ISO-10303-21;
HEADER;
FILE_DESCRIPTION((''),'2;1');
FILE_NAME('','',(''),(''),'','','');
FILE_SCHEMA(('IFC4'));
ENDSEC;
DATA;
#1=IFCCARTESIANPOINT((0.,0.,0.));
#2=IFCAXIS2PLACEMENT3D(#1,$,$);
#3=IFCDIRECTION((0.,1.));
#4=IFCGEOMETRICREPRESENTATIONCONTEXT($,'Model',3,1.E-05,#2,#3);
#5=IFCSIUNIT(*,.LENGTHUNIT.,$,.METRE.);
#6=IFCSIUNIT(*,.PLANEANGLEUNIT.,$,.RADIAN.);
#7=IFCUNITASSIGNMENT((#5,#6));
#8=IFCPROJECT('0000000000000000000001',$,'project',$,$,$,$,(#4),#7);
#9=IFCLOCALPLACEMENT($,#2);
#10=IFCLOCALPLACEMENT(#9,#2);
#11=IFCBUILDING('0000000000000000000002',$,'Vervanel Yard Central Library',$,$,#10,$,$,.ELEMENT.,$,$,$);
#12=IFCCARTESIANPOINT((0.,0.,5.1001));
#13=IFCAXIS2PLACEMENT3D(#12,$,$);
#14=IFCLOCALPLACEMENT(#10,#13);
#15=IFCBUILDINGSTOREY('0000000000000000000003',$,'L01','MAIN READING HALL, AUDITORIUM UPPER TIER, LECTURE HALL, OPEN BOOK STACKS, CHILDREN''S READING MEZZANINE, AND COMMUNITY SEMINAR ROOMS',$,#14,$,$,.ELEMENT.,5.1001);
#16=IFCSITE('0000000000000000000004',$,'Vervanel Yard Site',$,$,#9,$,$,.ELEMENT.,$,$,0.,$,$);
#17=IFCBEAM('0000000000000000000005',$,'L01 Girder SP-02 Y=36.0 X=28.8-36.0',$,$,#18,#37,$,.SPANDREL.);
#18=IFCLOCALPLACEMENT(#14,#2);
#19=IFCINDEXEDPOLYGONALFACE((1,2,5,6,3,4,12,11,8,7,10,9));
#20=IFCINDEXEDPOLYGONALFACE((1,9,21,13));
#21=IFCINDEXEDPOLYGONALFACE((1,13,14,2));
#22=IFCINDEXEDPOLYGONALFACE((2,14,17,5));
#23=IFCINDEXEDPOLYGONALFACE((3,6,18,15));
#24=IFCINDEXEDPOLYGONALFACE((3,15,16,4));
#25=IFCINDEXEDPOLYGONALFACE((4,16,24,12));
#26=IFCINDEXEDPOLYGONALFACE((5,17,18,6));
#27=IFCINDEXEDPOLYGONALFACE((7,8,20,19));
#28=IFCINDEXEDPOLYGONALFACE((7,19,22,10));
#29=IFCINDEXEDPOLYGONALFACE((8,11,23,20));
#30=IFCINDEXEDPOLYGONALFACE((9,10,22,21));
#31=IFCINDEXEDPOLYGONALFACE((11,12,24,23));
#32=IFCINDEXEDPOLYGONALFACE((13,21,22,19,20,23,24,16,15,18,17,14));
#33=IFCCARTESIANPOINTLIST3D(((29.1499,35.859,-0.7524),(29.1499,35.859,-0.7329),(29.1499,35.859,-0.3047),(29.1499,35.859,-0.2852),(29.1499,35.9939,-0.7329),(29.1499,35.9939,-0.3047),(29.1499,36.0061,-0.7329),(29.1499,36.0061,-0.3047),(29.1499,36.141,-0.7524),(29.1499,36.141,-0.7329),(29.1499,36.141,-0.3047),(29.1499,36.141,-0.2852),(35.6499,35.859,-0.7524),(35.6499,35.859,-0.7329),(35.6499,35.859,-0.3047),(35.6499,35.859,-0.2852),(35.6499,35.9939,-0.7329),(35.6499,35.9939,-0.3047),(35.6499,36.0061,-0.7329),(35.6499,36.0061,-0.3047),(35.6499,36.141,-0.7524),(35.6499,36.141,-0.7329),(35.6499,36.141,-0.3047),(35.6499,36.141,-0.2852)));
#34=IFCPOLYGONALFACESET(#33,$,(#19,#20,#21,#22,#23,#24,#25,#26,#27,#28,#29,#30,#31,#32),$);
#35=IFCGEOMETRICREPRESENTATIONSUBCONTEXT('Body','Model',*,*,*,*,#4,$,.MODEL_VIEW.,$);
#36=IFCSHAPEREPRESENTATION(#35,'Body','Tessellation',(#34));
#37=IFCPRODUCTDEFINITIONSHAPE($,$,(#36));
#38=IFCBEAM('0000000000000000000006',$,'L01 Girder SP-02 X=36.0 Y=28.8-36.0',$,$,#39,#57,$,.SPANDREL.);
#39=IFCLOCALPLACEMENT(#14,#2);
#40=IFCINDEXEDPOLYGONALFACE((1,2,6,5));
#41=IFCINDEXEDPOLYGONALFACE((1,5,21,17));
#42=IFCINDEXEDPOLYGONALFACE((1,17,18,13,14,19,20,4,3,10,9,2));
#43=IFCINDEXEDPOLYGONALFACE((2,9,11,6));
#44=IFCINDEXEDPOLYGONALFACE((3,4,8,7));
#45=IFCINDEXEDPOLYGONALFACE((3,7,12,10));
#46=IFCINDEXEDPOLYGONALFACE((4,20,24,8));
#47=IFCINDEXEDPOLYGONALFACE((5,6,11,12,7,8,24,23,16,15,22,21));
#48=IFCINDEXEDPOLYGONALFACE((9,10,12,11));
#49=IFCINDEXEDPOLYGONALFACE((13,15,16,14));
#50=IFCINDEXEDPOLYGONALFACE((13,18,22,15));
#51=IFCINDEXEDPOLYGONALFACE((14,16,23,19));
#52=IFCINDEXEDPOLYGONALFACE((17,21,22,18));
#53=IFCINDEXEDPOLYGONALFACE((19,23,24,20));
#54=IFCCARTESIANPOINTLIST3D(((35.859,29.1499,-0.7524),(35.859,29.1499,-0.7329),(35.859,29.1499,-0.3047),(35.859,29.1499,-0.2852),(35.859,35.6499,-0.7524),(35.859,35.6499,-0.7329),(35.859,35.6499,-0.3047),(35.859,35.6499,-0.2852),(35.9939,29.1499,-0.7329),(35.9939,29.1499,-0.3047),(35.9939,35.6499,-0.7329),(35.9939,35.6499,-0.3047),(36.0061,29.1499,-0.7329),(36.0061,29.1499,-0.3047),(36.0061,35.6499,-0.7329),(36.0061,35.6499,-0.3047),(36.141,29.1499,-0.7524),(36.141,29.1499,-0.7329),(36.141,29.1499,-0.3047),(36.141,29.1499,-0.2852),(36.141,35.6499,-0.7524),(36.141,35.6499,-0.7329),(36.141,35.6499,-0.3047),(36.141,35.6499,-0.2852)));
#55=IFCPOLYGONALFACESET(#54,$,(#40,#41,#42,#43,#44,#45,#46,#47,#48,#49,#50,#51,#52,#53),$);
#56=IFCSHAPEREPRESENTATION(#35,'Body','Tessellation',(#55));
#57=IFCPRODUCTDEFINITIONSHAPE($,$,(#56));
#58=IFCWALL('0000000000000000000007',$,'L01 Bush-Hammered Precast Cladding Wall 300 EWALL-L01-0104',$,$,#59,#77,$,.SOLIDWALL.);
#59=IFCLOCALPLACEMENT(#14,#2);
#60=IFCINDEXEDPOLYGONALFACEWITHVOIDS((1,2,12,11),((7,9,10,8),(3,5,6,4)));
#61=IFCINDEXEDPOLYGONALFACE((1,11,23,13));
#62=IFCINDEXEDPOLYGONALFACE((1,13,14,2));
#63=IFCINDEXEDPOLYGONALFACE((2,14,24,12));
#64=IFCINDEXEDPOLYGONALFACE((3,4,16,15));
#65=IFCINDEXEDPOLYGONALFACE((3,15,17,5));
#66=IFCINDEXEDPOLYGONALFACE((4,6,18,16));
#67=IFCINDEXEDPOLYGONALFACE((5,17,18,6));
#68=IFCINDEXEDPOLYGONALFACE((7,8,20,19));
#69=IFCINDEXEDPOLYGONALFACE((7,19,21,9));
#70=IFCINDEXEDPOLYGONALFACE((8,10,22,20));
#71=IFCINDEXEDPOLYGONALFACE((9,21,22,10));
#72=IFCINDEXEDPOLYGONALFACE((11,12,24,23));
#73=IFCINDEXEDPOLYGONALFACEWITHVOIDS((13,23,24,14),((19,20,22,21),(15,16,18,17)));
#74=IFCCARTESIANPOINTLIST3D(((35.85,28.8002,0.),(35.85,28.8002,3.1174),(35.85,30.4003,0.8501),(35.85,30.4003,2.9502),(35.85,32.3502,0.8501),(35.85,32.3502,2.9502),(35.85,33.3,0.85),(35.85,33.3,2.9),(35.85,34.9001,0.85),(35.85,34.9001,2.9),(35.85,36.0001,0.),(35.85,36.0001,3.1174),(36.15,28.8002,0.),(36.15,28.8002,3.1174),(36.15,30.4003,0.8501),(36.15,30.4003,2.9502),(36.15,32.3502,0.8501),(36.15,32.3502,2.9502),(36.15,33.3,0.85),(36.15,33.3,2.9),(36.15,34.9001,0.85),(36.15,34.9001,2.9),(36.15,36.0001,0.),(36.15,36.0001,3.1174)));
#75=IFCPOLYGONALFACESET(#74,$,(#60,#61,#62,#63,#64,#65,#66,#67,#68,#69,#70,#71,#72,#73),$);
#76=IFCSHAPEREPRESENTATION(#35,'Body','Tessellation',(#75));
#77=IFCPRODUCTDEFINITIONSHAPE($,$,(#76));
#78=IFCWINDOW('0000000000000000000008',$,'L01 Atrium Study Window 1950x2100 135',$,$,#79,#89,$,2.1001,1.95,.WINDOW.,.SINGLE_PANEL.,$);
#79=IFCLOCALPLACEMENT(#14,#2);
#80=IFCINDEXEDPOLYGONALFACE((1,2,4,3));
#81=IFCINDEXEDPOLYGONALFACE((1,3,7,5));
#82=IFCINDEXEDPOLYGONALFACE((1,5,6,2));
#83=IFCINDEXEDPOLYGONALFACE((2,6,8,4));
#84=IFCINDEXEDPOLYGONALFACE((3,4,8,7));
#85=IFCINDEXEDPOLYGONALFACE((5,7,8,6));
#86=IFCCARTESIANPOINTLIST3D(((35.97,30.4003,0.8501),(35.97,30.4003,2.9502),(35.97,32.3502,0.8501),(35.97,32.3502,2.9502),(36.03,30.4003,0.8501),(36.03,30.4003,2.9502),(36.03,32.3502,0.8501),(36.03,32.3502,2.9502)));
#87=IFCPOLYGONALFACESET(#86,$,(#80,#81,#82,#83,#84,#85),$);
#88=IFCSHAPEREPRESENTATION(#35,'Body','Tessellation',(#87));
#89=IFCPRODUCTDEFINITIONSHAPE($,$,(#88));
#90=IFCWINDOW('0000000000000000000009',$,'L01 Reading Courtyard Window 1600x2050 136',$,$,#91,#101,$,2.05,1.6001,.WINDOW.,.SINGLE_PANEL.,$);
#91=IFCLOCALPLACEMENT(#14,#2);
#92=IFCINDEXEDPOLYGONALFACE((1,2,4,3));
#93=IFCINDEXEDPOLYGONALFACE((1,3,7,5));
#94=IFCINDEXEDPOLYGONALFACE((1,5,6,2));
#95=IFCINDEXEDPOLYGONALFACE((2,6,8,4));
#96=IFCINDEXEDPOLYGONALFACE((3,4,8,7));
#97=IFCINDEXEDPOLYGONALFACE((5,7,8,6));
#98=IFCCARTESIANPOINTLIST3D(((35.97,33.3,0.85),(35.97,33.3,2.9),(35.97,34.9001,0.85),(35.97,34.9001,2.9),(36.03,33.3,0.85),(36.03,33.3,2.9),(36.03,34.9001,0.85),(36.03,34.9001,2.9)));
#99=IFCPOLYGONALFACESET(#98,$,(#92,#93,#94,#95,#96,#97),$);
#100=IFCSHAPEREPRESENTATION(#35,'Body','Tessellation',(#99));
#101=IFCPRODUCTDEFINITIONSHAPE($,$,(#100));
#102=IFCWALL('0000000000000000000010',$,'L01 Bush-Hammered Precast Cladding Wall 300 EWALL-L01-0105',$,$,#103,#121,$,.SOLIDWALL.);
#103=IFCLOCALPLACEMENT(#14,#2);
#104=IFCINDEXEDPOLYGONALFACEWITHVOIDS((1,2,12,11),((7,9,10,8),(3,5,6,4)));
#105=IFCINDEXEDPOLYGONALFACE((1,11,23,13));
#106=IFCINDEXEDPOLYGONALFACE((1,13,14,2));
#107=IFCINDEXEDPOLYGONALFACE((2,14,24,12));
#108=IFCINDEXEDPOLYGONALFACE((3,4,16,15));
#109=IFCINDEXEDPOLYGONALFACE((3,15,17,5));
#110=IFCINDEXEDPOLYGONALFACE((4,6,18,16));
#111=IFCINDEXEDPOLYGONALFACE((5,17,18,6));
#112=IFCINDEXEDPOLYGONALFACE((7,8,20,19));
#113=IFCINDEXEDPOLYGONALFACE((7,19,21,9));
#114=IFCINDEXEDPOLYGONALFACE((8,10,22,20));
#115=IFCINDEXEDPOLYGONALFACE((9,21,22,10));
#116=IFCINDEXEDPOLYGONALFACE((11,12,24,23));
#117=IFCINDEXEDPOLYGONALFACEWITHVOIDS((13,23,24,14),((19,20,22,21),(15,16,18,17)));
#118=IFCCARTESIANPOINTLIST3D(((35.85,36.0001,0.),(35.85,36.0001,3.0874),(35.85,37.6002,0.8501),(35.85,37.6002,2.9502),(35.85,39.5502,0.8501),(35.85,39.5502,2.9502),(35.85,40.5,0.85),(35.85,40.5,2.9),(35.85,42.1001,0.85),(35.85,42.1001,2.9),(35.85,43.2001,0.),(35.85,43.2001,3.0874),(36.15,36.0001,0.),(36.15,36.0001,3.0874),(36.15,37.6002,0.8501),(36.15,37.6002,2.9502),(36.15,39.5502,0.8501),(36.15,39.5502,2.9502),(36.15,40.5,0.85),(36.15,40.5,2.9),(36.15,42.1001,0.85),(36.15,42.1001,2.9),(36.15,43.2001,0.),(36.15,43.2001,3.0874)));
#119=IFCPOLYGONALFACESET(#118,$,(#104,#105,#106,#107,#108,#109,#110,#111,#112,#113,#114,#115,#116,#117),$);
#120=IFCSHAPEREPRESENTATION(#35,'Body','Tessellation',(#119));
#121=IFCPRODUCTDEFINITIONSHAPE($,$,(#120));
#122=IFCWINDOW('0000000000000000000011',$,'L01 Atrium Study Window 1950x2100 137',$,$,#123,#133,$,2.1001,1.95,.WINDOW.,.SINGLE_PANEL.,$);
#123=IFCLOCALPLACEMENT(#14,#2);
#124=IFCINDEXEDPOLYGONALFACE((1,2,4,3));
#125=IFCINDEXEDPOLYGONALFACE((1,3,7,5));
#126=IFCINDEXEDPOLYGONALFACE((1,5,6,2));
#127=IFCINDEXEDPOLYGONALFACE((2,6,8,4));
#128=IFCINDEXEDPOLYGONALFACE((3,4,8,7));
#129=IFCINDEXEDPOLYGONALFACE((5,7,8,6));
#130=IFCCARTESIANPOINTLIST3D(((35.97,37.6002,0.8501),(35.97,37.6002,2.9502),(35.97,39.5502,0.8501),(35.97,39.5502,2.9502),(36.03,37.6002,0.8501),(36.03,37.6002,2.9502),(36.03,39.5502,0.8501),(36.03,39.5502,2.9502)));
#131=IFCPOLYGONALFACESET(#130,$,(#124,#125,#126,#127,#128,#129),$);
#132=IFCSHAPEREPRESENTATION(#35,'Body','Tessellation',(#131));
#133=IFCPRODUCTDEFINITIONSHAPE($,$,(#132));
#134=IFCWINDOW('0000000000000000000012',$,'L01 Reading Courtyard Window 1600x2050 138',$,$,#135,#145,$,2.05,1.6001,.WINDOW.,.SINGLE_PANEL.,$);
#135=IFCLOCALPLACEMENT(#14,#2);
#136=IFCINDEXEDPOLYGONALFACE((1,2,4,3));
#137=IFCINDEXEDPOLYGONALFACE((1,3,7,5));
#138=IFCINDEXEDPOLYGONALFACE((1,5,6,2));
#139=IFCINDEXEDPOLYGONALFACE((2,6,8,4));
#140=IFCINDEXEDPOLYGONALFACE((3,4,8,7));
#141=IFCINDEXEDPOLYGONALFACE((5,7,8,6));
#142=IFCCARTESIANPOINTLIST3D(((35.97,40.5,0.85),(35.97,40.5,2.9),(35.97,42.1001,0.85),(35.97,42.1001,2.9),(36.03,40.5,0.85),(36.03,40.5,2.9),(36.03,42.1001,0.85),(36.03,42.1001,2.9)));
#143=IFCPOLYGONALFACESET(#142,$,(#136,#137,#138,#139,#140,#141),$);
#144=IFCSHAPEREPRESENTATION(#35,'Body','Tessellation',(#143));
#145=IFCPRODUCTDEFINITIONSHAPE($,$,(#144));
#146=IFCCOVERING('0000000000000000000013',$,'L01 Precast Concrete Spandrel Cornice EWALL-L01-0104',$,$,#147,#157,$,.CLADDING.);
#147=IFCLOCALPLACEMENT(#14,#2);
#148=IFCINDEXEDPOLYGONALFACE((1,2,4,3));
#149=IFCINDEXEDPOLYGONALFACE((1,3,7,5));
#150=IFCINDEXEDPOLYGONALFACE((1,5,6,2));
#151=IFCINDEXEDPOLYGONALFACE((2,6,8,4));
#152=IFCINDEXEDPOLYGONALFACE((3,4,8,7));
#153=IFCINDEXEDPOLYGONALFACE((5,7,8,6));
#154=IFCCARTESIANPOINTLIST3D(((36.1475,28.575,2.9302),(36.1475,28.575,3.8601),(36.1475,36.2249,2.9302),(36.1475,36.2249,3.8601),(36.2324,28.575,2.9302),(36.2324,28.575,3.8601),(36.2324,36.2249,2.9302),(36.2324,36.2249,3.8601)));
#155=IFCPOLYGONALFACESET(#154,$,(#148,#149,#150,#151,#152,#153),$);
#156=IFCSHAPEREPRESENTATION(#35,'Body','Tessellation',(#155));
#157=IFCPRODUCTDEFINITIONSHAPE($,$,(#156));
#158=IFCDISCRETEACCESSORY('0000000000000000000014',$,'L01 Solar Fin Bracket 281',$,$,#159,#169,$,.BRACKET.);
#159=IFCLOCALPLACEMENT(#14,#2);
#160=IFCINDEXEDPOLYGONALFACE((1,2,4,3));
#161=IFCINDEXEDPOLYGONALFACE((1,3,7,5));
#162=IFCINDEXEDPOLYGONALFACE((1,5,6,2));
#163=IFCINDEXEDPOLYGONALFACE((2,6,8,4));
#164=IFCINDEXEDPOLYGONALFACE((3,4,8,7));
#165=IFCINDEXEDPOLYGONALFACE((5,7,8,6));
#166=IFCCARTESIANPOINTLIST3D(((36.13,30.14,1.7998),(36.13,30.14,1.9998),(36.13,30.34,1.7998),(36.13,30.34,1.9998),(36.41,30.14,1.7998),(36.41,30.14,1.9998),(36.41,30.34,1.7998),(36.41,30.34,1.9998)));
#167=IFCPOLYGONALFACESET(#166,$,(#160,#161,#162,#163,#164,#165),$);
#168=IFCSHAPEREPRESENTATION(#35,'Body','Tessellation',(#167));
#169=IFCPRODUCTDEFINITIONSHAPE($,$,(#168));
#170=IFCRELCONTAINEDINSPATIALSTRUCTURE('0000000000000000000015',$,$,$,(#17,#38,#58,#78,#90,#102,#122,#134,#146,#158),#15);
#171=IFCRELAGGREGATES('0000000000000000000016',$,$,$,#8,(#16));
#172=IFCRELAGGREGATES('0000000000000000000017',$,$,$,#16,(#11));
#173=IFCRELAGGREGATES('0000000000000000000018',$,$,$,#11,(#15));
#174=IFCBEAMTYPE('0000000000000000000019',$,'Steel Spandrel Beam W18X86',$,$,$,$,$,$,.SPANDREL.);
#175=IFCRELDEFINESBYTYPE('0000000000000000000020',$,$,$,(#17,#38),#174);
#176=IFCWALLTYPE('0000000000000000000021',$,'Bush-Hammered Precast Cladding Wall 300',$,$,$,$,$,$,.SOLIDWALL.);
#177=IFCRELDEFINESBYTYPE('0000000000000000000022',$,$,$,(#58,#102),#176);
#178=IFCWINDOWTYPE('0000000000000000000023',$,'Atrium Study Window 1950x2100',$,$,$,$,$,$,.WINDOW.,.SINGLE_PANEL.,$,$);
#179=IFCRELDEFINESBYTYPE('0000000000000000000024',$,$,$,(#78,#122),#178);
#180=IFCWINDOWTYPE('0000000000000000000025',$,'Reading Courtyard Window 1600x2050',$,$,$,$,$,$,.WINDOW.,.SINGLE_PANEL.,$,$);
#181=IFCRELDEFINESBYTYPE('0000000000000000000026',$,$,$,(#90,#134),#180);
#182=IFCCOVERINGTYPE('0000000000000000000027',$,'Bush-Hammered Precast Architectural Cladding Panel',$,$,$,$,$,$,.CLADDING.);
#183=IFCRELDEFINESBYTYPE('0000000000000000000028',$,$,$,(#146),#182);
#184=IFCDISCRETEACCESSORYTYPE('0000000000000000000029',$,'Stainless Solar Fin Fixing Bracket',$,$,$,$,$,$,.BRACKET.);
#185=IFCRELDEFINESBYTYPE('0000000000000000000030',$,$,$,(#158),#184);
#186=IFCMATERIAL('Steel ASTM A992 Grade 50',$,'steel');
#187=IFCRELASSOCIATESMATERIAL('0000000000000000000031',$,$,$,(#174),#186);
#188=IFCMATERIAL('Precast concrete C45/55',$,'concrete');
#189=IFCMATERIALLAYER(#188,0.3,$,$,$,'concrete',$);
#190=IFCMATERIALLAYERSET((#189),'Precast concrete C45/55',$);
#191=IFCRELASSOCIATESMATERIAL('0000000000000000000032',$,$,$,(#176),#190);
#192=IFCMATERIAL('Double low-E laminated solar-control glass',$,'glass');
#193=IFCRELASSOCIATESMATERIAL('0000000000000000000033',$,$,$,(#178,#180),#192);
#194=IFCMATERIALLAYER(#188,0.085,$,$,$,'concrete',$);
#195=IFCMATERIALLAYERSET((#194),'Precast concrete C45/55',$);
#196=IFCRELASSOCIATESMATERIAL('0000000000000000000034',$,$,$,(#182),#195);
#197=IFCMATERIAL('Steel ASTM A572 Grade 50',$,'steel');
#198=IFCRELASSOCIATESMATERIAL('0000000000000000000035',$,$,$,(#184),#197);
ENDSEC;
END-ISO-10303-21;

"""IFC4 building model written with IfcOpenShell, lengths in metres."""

from ifc_helpers import new_model, si_unit, direction, frame, frame_2d, origin, origin_2d, place, context, subcontext, project, spatial, rectangle, i_section, extrude, material, layer, layer_set, material_profile, profile_set, type_object, element, fill, save


model = new_model("IFC4")

# Units and contexts
model_context = context("Model", 3, precision=1e-05, world=origin(), true_north=direction((0.0, 1.0)))
body_context = subcontext(model_context, "Body", "Model", "MODEL_VIEW")
ifc_project = project(units=[si_unit("LENGTHUNIT", "METRE"), si_unit("PLANEANGLEUNIT", "RADIAN")], contexts=[model_context])

# Site, building, storey
site_placement = place(None, origin())
site = spatial("IfcSite", under=ifc_project, at=site_placement, Name="Vervanel Yard Site", CompositionType="ELEMENT", RefElevation=0.0)
building_placement = place(site_placement, origin())
building = spatial("IfcBuilding", under=site, at=building_placement, Name="Vervanel Yard Central Library", CompositionType="ELEMENT")
storey_placement = place(building_placement, frame((0.0, 0.0, 5.1001)))
storey = spatial("IfcBuildingStorey", under=building, at=storey_placement, Name="L01", Description="MAIN READING HALL, AUDITORIUM UPPER TIER, LECTURE HALL, OPEN BOOK STACKS, CHILDREN'S READING MEZZANINE, AND COMMUNITY SEMINAR ROOMS", CompositionType="ELEMENT", Elevation=5.1001)

# Beams
ifc_material_1 = material(Name="Steel ASTM A992 Grade 50", Category="steel")
ifc_material_profile_1 = material_profile(ifc_material_1, i_section(OverallWidth=0.282, OverallDepth=0.4673, WebThickness=0.0122, FlangeThickness=0.0195, at=origin_2d()), Name="W18X86", Category="steel")
ifc_profile_set_1 = profile_set([ifc_material_profile_1], Name="Steel ASTM A992 Grade 50")
beam_type_1 = type_object("IfcBeamType", Name="Steel Spandrel Beam W18X86", PredefinedType="SPANDREL", material=ifc_profile_set_1)
for number, where, z_axis, x_axis, name in (
    (1, (29.1499, 36.0, -0.5188), (1.0, 0.0, 0.0), (0.0, 1.0, 0.0), "L01 Girder SP-02 Y=36.0 X=28.8-36.0"),
    (2, (36.0, 29.1499, -0.5188), (0.0, 1.0, 0.0), (-1.0, 0.0, 0.0), "L01 Girder SP-02 X=36.0 Y=28.8-36.0"),
):
    element("IfcBeam", number, at=place(storey_placement, frame(where, z_axis=z_axis, x_axis=x_axis)), inside=storey, type_object=beam_type_1, Name=name, PredefinedType="SPANDREL", context=body_context, shape_type="SweptSolid", body=[
        extrude(i_section(OverallWidth=0.282, OverallDepth=0.4673, WebThickness=0.0122, FlangeThickness=0.0195, at=origin_2d()), origin(), (0.0, 0.0, 1.0), 6.5),
    ])

# Walls, openings, windows
ifc_material_2 = material(Name="Precast concrete C45/55", Category="concrete")
ifc_layer_1 = layer(ifc_material_2, 0.3, Category="concrete")
ifc_layer_set_1 = layer_set([ifc_layer_1], Name="Precast concrete C45/55")
wall_type = type_object("IfcWallType", Name="Bush-Hammered Precast Cladding Wall 300", PredefinedType="SOLIDWALL", material=ifc_layer_set_1)
wall_1_placement = place(storey_placement, frame((36.0, 28.8, 0.0), z_axis=(0.0, 0.0, 1.0), x_axis=(0.0, 1.0, 0.0)))
wall_1 = element("IfcWall", 3, at=wall_1_placement, inside=storey, type_object=wall_type, Name="L01 Bush-Hammered Precast Cladding Wall 300 EWALL-L01-0104", PredefinedType="SOLIDWALL", context=body_context, shape_type="SweptSolid", body=[
    extrude(rectangle(XDim=7.2, YDim=0.3, at=frame_2d((3.6001, 0.0))), origin(), (0.0, 0.0, 1.0), 3.1174),
])
opening_1_placement = place(wall_1_placement, frame((1.6001, 0.0, 0.8501)))
opening_1 = element("IfcOpeningElement", 4, at=opening_1_placement, cuts=wall_1, PredefinedType="OPENING", context=body_context, shape_type="SweptSolid", body=[
    extrude(rectangle(XDim=1.95, YDim=2.1001, at=frame_2d((0.9751, 1.05))), frame((0.0, 0.1599, 0.0), z_axis=(0.0, -1.0, 0.0), x_axis=(1.0, 0.0, 0.0)), (0.0, 0.0, 1.0), 0.3201),
])
opening_2_placement = place(wall_1_placement, frame((4.5, 0.0, 0.8501)))
opening_2 = element("IfcOpeningElement", 5, at=opening_2_placement, cuts=wall_1, PredefinedType="OPENING", context=body_context, shape_type="SweptSolid", body=[
    extrude(rectangle(XDim=1.6001, YDim=2.05, at=frame_2d((0.8, 1.0249))), frame((0.0, 0.1599, 0.0), z_axis=(0.0, -1.0, 0.0), x_axis=(1.0, 0.0, 0.0)), (0.0, 0.0, 1.0), 0.3201),
])
ifc_material_3 = material(Name="Double low-E laminated solar-control glass", Category="glass")
window_type_1 = type_object("IfcWindowType", Name="Atrium Study Window 1950x2100", PartitioningType="SINGLE_PANEL", PredefinedType="WINDOW", material=ifc_material_3)
window_1_placement = place(opening_1_placement, origin())
window_1 = element("IfcWindow", 6, at=window_1_placement, inside=storey, type_object=window_type_1, Name="L01 Atrium Study Window 1950x2100 135", OverallHeight=2.1001, OverallWidth=1.95, PartitioningType="SINGLE_PANEL", PredefinedType="WINDOW", context=body_context, shape_type="SweptSolid", body=[
    extrude(rectangle(XDim=1.95, YDim=2.1001, at=frame_2d((0.9751, 1.05))), frame((0.0, 0.03, 0.0), z_axis=(0.0, -1.0, 0.0), x_axis=(1.0, 0.0, 0.0)), (0.0, 0.0, 1.0), 0.0601),
])
fill(opening_1, window_1)
window_type_2 = type_object("IfcWindowType", Name="Reading Courtyard Window 1600x2050", PartitioningType="SINGLE_PANEL", PredefinedType="WINDOW", material=ifc_material_3)
window_2_placement = place(opening_2_placement, origin())
window_2 = element("IfcWindow", 7, at=window_2_placement, inside=storey, type_object=window_type_2, Name="L01 Reading Courtyard Window 1600x2050 136", OverallHeight=2.05, OverallWidth=1.6001, PartitioningType="SINGLE_PANEL", PredefinedType="WINDOW", context=body_context, shape_type="SweptSolid", body=[
    extrude(rectangle(XDim=1.6001, YDim=2.05, at=frame_2d((0.8, 1.0249))), frame((0.0, 0.03, 0.0), z_axis=(0.0, -1.0, 0.0), x_axis=(1.0, 0.0, 0.0)), (0.0, 0.0, 1.0), 0.0601),
])
fill(opening_2, window_2)
wall_2_placement = place(storey_placement, frame((36.0, 36.0, 0.0), z_axis=(0.0, 0.0, 1.0), x_axis=(0.0, 1.0, 0.0)))
wall_2 = element("IfcWall", 8, at=wall_2_placement, inside=storey, type_object=wall_type, Name="L01 Bush-Hammered Precast Cladding Wall 300 EWALL-L01-0105", PredefinedType="SOLIDWALL", context=body_context, shape_type="SweptSolid", body=[
    extrude(rectangle(XDim=7.2, YDim=0.3, at=frame_2d((3.6001, 0.0))), origin(), (0.0, 0.0, 1.0), 3.0874),
])
opening_3_placement = place(wall_2_placement, frame((1.6001, 0.0, 0.8501)))
opening_3 = element("IfcOpeningElement", 9, at=opening_3_placement, cuts=wall_2, PredefinedType="OPENING", context=body_context, shape_type="SweptSolid", body=[
    extrude(rectangle(XDim=1.95, YDim=2.1001, at=frame_2d((0.9751, 1.05))), frame((0.0, 0.1599, 0.0), z_axis=(0.0, -1.0, 0.0), x_axis=(1.0, 0.0, 0.0)), (0.0, 0.0, 1.0), 0.3201),
])
opening_4_placement = place(wall_2_placement, frame((4.5, 0.0, 0.8501)))
opening_4 = element("IfcOpeningElement", 10, at=opening_4_placement, cuts=wall_2, PredefinedType="OPENING", context=body_context, shape_type="SweptSolid", body=[
    extrude(rectangle(XDim=1.6001, YDim=2.05, at=frame_2d((0.8, 1.0249))), frame((0.0, 0.1599, 0.0), z_axis=(0.0, -1.0, 0.0), x_axis=(1.0, 0.0, 0.0)), (0.0, 0.0, 1.0), 0.3201),
])
window_3_placement = place(opening_3_placement, origin())
window_3 = element("IfcWindow", 11, at=window_3_placement, inside=storey, type_object=window_type_1, Name="L01 Atrium Study Window 1950x2100 137", OverallHeight=2.1001, OverallWidth=1.95, PartitioningType="SINGLE_PANEL", PredefinedType="WINDOW", context=body_context, shape_type="SweptSolid", body=[
    extrude(rectangle(XDim=1.95, YDim=2.1001, at=frame_2d((0.9751, 1.05))), frame((0.0, 0.03, 0.0), z_axis=(0.0, -1.0, 0.0), x_axis=(1.0, 0.0, 0.0)), (0.0, 0.0, 1.0), 0.0601),
])
fill(opening_3, window_3)
window_4_placement = place(opening_4_placement, origin())
window_4 = element("IfcWindow", 12, at=window_4_placement, inside=storey, type_object=window_type_2, Name="L01 Reading Courtyard Window 1600x2050 138", OverallHeight=2.05, OverallWidth=1.6001, PartitioningType="SINGLE_PANEL", PredefinedType="WINDOW", context=body_context, shape_type="SweptSolid", body=[
    extrude(rectangle(XDim=1.6001, YDim=2.05, at=frame_2d((0.8, 1.0249))), frame((0.0, 0.03, 0.0), z_axis=(0.0, -1.0, 0.0), x_axis=(1.0, 0.0, 0.0)), (0.0, 0.0, 1.0), 0.0601),
])
fill(opening_4, window_4)

# Covering
ifc_layer_2 = layer(ifc_material_2, 0.085, Category="concrete")
ifc_layer_set_2 = layer_set([ifc_layer_2], Name="Precast concrete C45/55")
covering_type = type_object("IfcCoveringType", Name="Bush-Hammered Precast Architectural Cladding Panel", PredefinedType="CLADDING", material=ifc_layer_set_2)
covering_placement = place(storey_placement, frame((36.1899, 32.3999, 2.9302), z_axis=(0.0, 0.0, 1.0), x_axis=(0.0, 1.0, 0.0)))
element("IfcCovering", 13, at=covering_placement, inside=storey, type_object=covering_type, Name="L01 Precast Concrete Spandrel Cornice EWALL-L01-0104", PredefinedType="CLADDING", context=body_context, shape_type="SweptSolid", body=[
    extrude(rectangle(XDim=7.6499, YDim=0.085, at=origin_2d()), origin(), (0.0, 0.0, 1.0), 0.9299),
])

# Discrete accessory
ifc_material_4 = material(Name="Steel ASTM A572 Grade 50", Category="steel")
discrete_accessory_type = type_object("IfcDiscreteAccessoryType", Name="Stainless Solar Fin Fixing Bracket", PredefinedType="BRACKET", material=ifc_material_4)
for number, where, z_axis, x_axis, name in (
    (14, (36.27, 30.24, 1.7998), (0.0, 0.0, 1.0), (0.0, 1.0, 0.0), "L01 Solar Fin Bracket 281"),
):
    element("IfcDiscreteAccessory", number, at=place(storey_placement, frame(where, z_axis=z_axis, x_axis=x_axis)), inside=storey, type_object=discrete_accessory_type, Name=name, PredefinedType="BRACKET", context=body_context, shape_type="SweptSolid", body=[
        extrude(rectangle(XDim=0.2, YDim=0.28, at=origin_2d()), origin(), (0.0, 0.0, 1.0), 0.2),
    ])

save(model, "model.ifc")
